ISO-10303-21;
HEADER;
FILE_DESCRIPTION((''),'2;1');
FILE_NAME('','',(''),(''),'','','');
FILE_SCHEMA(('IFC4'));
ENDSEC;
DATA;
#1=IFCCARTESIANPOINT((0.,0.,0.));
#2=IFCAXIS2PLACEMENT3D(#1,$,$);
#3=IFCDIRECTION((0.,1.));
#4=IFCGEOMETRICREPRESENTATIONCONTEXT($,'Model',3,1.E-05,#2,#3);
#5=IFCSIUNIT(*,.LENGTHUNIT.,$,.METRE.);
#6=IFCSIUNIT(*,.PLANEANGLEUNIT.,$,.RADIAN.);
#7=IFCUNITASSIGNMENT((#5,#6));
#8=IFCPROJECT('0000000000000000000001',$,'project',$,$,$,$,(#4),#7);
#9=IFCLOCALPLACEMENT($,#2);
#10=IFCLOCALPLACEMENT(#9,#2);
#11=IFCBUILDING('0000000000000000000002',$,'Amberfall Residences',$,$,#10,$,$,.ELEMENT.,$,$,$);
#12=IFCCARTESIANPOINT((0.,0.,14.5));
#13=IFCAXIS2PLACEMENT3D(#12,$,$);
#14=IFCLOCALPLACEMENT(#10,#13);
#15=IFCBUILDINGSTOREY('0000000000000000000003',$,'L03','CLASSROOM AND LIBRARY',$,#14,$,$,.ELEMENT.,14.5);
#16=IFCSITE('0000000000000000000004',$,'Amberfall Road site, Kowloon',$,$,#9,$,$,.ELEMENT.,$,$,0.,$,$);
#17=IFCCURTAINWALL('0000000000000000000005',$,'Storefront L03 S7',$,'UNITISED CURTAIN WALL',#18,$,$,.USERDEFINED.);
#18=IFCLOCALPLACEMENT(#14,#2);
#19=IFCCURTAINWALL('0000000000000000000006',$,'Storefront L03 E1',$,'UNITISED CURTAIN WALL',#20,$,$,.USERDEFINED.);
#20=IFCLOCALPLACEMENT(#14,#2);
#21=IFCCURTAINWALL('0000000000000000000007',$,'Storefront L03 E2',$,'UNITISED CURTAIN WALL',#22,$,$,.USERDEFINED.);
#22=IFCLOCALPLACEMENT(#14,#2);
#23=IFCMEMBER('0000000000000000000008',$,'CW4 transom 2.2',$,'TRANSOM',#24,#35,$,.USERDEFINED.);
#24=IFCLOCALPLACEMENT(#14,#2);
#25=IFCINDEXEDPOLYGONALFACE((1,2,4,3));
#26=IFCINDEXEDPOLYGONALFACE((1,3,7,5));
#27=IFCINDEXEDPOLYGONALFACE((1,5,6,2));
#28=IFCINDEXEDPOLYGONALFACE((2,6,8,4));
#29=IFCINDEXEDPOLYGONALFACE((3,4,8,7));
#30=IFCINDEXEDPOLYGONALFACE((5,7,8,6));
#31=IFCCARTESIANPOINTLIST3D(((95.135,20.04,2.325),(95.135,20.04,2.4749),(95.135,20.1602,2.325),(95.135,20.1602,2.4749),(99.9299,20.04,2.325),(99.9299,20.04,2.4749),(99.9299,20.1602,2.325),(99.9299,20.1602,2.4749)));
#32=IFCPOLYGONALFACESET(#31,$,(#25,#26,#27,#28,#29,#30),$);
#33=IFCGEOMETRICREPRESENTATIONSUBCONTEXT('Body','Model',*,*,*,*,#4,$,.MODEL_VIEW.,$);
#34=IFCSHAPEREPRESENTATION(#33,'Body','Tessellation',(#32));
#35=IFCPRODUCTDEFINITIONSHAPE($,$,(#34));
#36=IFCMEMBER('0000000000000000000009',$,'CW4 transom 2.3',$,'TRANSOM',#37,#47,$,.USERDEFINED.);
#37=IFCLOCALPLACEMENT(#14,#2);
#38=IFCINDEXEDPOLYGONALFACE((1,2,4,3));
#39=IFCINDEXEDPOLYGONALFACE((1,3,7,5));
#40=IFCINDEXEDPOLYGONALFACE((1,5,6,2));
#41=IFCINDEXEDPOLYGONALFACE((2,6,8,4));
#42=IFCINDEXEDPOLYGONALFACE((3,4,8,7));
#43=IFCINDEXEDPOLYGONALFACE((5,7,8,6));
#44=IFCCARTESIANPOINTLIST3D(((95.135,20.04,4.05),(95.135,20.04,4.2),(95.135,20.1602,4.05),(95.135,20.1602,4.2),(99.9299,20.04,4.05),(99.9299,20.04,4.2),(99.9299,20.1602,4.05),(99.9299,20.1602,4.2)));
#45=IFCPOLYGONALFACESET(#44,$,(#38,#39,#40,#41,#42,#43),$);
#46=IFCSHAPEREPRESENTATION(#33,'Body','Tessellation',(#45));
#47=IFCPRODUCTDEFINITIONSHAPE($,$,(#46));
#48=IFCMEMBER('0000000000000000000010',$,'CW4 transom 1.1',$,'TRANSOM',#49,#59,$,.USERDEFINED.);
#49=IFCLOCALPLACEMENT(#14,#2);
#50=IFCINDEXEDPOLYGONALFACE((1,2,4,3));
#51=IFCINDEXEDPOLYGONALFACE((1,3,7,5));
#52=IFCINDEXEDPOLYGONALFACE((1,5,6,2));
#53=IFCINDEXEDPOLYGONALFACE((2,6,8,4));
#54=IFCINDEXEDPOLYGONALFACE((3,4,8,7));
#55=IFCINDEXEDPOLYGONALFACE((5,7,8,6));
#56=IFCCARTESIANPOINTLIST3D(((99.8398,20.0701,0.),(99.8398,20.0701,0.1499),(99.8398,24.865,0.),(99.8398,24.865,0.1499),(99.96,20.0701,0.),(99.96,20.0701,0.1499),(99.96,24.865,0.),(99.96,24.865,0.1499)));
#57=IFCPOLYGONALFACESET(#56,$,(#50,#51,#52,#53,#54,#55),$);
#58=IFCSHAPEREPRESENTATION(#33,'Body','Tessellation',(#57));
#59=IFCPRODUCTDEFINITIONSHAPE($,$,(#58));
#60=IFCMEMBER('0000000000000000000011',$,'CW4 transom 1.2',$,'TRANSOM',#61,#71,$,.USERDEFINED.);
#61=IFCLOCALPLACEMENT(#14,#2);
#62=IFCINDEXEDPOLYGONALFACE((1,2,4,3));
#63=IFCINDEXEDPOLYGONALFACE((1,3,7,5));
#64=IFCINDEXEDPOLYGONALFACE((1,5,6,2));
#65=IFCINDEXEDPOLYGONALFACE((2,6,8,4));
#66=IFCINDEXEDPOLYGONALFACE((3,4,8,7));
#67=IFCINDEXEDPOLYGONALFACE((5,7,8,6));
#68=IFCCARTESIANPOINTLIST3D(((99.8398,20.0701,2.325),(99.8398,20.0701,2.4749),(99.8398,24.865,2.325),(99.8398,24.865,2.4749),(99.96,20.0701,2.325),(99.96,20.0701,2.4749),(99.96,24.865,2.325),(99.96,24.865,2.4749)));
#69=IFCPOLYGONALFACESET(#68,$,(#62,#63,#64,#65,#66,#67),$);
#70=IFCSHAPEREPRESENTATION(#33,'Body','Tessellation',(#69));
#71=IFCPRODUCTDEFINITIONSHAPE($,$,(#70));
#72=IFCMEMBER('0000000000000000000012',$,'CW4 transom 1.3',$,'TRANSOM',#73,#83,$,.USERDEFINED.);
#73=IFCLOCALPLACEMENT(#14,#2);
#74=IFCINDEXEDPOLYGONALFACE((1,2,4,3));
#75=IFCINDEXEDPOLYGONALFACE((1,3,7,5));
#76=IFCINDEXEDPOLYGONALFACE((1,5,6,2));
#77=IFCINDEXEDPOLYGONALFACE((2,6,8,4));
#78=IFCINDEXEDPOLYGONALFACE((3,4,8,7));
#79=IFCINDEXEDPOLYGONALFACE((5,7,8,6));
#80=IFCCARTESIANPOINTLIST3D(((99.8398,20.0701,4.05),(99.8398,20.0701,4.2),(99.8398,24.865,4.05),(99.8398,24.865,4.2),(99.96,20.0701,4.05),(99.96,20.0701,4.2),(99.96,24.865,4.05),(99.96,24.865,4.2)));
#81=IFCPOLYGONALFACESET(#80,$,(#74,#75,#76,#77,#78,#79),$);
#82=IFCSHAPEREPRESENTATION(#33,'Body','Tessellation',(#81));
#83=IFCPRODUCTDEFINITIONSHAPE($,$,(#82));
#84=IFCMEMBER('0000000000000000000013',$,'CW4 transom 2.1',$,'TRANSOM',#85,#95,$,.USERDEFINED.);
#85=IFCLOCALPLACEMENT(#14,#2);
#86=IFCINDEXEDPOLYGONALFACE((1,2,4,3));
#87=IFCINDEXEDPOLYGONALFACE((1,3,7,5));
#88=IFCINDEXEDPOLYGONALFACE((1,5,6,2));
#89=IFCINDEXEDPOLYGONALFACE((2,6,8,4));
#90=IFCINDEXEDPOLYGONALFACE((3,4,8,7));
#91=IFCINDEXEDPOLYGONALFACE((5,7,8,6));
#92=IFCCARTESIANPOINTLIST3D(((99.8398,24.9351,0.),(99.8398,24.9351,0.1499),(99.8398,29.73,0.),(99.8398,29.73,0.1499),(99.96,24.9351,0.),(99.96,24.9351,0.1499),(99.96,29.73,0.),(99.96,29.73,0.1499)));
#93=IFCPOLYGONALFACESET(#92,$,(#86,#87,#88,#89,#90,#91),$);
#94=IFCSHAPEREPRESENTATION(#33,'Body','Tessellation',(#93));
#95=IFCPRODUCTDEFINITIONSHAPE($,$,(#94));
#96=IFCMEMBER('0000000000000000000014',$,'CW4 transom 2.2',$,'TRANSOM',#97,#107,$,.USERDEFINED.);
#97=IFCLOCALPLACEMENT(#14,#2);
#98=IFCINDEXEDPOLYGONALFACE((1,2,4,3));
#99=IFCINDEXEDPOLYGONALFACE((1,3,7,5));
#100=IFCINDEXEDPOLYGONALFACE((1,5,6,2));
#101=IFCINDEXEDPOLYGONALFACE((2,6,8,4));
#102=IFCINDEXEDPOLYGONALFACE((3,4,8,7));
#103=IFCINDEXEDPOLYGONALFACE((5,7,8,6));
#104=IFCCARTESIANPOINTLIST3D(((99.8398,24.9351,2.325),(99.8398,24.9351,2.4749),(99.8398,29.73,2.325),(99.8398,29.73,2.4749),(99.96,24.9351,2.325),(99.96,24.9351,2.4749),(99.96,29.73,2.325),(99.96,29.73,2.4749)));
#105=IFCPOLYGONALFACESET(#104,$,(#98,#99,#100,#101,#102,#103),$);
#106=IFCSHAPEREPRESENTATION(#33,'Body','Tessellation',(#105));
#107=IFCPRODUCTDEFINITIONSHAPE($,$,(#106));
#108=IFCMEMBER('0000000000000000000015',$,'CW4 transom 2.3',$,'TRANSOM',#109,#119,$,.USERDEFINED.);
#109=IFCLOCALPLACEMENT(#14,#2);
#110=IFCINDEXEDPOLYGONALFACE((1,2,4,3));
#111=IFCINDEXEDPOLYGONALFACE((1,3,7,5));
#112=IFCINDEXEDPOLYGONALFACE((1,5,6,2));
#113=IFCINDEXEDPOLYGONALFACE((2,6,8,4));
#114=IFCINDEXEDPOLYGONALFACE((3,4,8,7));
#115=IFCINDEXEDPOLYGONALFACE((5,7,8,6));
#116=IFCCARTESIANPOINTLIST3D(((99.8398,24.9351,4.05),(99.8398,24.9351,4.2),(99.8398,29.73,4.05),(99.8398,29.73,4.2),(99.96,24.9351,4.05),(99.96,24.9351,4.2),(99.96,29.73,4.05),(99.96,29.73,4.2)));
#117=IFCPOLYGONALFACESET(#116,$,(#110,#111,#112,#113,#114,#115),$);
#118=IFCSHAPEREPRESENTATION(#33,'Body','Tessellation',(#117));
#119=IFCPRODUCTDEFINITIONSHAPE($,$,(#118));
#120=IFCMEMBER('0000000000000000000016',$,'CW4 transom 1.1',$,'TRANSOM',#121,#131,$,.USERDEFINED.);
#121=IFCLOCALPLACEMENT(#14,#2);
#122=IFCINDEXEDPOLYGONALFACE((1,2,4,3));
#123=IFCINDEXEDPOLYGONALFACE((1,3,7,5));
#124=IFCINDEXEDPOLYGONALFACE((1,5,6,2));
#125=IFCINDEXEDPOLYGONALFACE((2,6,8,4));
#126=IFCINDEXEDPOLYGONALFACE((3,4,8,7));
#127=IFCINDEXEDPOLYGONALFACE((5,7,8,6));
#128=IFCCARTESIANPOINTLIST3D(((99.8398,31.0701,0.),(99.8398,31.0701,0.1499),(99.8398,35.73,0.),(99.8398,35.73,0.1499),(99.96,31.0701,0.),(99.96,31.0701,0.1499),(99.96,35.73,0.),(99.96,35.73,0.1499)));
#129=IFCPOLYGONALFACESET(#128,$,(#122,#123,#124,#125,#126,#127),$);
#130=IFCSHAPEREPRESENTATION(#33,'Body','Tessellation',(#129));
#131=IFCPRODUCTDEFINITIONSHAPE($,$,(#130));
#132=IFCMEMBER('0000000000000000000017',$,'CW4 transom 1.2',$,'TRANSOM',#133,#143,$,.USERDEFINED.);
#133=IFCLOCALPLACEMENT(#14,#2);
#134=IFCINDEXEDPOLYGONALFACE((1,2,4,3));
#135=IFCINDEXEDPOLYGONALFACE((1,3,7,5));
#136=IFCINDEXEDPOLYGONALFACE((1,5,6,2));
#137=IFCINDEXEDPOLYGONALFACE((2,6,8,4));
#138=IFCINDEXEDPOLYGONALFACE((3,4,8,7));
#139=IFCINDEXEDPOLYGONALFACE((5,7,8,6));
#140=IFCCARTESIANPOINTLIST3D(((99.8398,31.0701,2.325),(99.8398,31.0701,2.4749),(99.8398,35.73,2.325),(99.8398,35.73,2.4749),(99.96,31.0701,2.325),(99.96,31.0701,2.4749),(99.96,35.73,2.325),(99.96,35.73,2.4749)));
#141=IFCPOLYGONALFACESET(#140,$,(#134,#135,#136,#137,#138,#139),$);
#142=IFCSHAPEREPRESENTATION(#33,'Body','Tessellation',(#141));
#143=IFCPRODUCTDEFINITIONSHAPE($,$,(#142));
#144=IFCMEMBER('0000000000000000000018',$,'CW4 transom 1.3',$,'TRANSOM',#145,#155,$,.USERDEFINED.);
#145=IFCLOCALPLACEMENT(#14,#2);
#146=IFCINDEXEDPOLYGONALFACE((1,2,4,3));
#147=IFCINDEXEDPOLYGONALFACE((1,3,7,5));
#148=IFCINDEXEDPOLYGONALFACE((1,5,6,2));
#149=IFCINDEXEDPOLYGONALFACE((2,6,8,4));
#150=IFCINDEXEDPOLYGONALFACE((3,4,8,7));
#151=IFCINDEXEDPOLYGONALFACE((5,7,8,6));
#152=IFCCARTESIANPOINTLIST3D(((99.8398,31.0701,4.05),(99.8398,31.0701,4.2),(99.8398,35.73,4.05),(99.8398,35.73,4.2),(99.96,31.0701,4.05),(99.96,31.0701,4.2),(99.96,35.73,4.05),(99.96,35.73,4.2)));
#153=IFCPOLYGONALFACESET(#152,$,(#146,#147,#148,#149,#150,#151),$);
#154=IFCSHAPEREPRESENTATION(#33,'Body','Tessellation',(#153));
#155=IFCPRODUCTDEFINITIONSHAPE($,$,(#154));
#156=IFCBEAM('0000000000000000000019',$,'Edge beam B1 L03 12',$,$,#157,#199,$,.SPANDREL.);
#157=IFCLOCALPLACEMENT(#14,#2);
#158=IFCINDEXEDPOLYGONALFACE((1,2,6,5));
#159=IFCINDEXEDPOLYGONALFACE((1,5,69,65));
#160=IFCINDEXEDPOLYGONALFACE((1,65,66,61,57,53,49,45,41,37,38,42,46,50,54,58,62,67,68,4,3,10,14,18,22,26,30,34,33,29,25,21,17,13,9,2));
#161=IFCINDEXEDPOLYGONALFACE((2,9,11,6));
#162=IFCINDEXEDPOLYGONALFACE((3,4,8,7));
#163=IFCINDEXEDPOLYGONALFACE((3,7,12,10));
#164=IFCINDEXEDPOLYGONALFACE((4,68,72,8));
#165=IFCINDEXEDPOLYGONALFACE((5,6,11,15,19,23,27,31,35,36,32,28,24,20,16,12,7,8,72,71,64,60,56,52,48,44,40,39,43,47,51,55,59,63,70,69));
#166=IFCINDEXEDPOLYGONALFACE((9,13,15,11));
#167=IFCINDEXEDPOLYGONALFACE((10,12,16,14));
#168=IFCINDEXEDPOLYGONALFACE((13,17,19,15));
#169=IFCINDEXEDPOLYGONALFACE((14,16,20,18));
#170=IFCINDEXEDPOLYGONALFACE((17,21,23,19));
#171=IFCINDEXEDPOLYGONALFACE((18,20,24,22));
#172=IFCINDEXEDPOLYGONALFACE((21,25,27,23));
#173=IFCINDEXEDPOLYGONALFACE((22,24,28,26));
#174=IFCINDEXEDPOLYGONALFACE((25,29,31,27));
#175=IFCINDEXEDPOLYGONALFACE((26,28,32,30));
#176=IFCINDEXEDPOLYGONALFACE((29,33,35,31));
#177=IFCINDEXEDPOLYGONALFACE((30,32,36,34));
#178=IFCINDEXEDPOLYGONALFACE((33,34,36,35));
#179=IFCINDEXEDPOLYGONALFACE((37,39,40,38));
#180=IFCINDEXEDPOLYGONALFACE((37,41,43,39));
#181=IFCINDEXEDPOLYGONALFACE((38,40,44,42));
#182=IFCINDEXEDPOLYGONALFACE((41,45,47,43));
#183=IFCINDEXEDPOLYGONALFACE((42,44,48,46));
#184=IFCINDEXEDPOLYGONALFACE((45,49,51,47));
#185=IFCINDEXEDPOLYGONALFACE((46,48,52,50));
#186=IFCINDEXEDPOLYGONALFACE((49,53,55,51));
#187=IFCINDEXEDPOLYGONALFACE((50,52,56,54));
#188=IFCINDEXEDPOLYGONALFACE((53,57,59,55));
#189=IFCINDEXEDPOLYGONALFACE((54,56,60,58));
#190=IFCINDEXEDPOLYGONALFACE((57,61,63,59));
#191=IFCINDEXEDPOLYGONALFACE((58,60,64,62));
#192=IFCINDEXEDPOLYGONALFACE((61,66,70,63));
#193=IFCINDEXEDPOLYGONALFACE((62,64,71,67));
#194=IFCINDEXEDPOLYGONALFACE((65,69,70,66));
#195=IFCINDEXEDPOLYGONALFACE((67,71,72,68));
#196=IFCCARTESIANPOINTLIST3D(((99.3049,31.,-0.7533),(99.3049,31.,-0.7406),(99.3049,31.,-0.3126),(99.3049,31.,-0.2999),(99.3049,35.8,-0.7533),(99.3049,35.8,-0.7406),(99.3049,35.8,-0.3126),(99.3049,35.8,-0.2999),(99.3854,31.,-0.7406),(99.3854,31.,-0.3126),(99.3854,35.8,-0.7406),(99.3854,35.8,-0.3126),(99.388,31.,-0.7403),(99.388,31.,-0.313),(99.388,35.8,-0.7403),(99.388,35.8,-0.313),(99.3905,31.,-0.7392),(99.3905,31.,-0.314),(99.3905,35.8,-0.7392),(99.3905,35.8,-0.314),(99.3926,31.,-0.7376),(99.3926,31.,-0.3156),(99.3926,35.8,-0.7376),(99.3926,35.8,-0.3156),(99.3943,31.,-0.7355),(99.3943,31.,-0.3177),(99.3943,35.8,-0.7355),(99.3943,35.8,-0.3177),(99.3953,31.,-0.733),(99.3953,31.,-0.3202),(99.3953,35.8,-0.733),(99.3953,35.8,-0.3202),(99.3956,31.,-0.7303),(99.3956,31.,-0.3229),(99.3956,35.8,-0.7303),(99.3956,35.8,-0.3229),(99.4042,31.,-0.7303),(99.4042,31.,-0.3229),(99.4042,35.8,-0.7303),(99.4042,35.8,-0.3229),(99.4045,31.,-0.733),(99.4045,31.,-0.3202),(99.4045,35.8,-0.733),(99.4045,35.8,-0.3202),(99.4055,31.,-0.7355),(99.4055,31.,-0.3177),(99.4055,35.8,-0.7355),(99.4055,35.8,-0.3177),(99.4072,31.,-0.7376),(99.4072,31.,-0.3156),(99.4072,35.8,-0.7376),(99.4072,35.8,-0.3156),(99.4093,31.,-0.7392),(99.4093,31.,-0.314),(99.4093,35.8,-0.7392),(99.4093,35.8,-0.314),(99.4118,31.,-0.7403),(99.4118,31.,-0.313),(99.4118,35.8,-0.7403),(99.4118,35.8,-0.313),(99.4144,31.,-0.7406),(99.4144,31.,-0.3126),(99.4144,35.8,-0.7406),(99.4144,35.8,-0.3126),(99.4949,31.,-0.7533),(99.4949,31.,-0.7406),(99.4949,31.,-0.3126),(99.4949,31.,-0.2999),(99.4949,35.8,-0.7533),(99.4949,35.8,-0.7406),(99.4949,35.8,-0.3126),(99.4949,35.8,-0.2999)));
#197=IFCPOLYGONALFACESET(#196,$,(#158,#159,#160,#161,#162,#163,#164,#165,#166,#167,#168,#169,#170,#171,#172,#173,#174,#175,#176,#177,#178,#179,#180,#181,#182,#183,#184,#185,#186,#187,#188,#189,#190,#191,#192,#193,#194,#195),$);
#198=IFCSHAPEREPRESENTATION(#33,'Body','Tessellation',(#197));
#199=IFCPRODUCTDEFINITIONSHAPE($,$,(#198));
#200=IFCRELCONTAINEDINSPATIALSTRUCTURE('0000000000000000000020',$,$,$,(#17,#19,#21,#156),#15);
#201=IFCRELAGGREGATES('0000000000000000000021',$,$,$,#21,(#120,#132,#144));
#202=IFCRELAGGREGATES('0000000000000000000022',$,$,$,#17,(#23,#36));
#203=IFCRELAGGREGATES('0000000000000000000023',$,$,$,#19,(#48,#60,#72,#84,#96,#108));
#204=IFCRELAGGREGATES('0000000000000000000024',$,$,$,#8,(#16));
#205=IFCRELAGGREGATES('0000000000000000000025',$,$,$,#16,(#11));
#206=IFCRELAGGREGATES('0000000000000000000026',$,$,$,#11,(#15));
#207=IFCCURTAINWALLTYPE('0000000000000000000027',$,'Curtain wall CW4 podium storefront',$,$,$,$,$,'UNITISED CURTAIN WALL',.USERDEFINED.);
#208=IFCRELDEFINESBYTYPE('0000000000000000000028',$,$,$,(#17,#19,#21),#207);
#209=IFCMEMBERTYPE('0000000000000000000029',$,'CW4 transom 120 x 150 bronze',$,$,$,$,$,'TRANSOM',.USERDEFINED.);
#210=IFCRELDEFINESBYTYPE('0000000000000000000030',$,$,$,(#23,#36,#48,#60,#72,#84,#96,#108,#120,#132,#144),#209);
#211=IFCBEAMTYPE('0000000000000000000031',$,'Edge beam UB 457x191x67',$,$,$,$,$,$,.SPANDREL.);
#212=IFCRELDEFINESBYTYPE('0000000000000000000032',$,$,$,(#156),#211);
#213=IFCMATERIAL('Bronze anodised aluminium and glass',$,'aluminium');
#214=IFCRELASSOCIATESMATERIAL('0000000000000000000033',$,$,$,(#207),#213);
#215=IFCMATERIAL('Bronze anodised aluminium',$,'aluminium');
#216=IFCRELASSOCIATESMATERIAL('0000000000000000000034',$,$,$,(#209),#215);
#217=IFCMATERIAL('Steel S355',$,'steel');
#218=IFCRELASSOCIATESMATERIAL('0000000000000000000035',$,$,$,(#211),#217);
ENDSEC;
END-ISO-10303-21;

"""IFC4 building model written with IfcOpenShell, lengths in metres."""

from ifc_helpers import new_model, si_unit, direction, frame, origin, origin_2d, place, context, subcontext, project, spatial, rectangle, i_section, extrude, material, material_profile, profile_set, type_object, element, aggregate, save


model = new_model("IFC4")

# Units and contexts
model_context = context("Model", 3, precision=1e-05, world=origin(), true_north=direction((0.0, 1.0)))
body_context = subcontext(model_context, "Body", "Model", "MODEL_VIEW")
ifc_project = project(units=[si_unit("LENGTHUNIT", "METRE"), si_unit("PLANEANGLEUNIT", "RADIAN")], contexts=[model_context])

# Site, building, storey
site_placement = place(None, origin())
site = spatial("IfcSite", under=ifc_project, at=site_placement, Name="Amberfall Road site, Kowloon", CompositionType="ELEMENT", RefElevation=0.0)
building_placement = place(site_placement, origin())
building = spatial("IfcBuilding", under=site, at=building_placement, Name="Amberfall Residences", CompositionType="ELEMENT")
storey_placement = place(building_placement, frame((0.0, 0.0, 14.5)))
storey = spatial("IfcBuildingStorey", under=building, at=storey_placement, Name="L03", Description="CLASSROOM AND LIBRARY", CompositionType="ELEMENT", Elevation=14.5)

# Curtain walls
ifc_material_1 = material(Name="Bronze anodised aluminium and glass", Category="aluminium")
curtain_wall_type = type_object("IfcCurtainWallType", Name="Curtain wall CW4 podium storefront", ElementType="UNITISED CURTAIN WALL", PredefinedType="USERDEFINED", material=ifc_material_1)
curtain_wall_1_placement = place(storey_placement, origin())
curtain_wall_1 = element("IfcCurtainWall", 1, at=curtain_wall_1_placement, inside=storey, type_object=curtain_wall_type, Name="Storefront L03 S7", ObjectType="UNITISED CURTAIN WALL", PredefinedType="USERDEFINED")
ifc_material_2 = material(Name="Bronze anodised aluminium", Category="aluminium")
curtain_wall_2_placement = place(storey_placement, origin())
curtain_wall_2 = element("IfcCurtainWall", 2, at=curtain_wall_2_placement, inside=storey, type_object=curtain_wall_type, Name="Storefront L03 E1", ObjectType="UNITISED CURTAIN WALL", PredefinedType="USERDEFINED")

# Curtain wall
curtain_wall_3_placement = place(storey_placement, origin())
curtain_wall_3 = element("IfcCurtainWall", 3, at=curtain_wall_3_placement, inside=storey, type_object=curtain_wall_type, Name="Storefront L03 E2", ObjectType="UNITISED CURTAIN WALL", PredefinedType="USERDEFINED")

# Members
ifc_material_profile_1 = material_profile(ifc_material_2, rectangle(XDim=0.1201, YDim=0.1499, at=origin_2d()), Name="CW4 transom 120 x 150 bronze")
ifc_profile_set_1 = profile_set([ifc_material_profile_1], Name="Bronze anodised aluminium")
member_type_1 = type_object("IfcMemberType", Name="CW4 transom 120 x 150 bronze", ElementType="TRANSOM", PredefinedType="USERDEFINED", material=ifc_profile_set_1)
member_1_placement = place(storey_placement, frame((95.135, 20.1001, 2.3999), z_axis=(1.0, 0.0, 0.0), x_axis=(0.0, 1.0, 0.0)))
member_1 = element("IfcMember", 4, at=member_1_placement, type_object=member_type_1, Name="CW4 transom 2.2", ObjectType="TRANSOM", PredefinedType="USERDEFINED", context=body_context, shape_type="SweptSolid", body=[
    extrude(rectangle(XDim=0.1201, YDim=0.1499, at=origin_2d()), origin(), (0.0, 0.0, 1.0), 4.7949),
])
member_2_placement = place(storey_placement, frame((95.135, 20.1001, 4.125), z_axis=(1.0, 0.0, 0.0), x_axis=(0.0, 1.0, 0.0)))
member_2 = element("IfcMember", 5, at=member_2_placement, type_object=member_type_1, Name="CW4 transom 2.3", ObjectType="TRANSOM", PredefinedType="USERDEFINED", context=body_context, shape_type="SweptSolid", body=[
    extrude(rectangle(XDim=0.1201, YDim=0.1499, at=origin_2d()), origin(), (0.0, 0.0, 1.0), 4.7949),
])
member_3_placement = place(storey_placement, frame((99.8999, 20.0701, 0.075), z_axis=(0.0, 1.0, 0.0), x_axis=(-1.0, 0.0, 0.0)))
member_3 = element("IfcMember", 6, at=member_3_placement, type_object=member_type_1, Name="CW4 transom 1.1", ObjectType="TRANSOM", PredefinedType="USERDEFINED", context=body_context, shape_type="SweptSolid", body=[
    extrude(rectangle(XDim=0.1201, YDim=0.1499, at=origin_2d()), origin(), (0.0, 0.0, 1.0), 4.7949),
])
member_4_placement = place(storey_placement, frame((99.8999, 20.0701, 2.3999), z_axis=(0.0, 1.0, 0.0), x_axis=(-1.0, 0.0, 0.0)))
member_4 = element("IfcMember", 7, at=member_4_placement, type_object=member_type_1, Name="CW4 transom 1.2", ObjectType="TRANSOM", PredefinedType="USERDEFINED", context=body_context, shape_type="SweptSolid", body=[
    extrude(rectangle(XDim=0.1201, YDim=0.1499, at=origin_2d()), origin(), (0.0, 0.0, 1.0), 4.7949),
])
member_5_placement = place(storey_placement, frame((99.8999, 20.0701, 4.125), z_axis=(0.0, 1.0, 0.0), x_axis=(-1.0, 0.0, 0.0)))
member_5 = element("IfcMember", 8, at=member_5_placement, type_object=member_type_1, Name="CW4 transom 1.3", ObjectType="TRANSOM", PredefinedType="USERDEFINED", context=body_context, shape_type="SweptSolid", body=[
    extrude(rectangle(XDim=0.1201, YDim=0.1499, at=origin_2d()), origin(), (0.0, 0.0, 1.0), 4.7949),
])
member_6_placement = place(storey_placement, frame((99.8999, 24.9351, 0.075), z_axis=(0.0, 1.0, 0.0), x_axis=(-1.0, 0.0, 0.0)))
member_6 = element("IfcMember", 9, at=member_6_placement, type_object=member_type_1, Name="CW4 transom 2.1", ObjectType="TRANSOM", PredefinedType="USERDEFINED", context=body_context, shape_type="SweptSolid", body=[
    extrude(rectangle(XDim=0.1201, YDim=0.1499, at=origin_2d()), origin(), (0.0, 0.0, 1.0), 4.7949),
])
member_7_placement = place(storey_placement, frame((99.8999, 24.9351, 2.3999), z_axis=(0.0, 1.0, 0.0), x_axis=(-1.0, 0.0, 0.0)))
member_7 = element("IfcMember", 10, at=member_7_placement, type_object=member_type_1, Name="CW4 transom 2.2", ObjectType="TRANSOM", PredefinedType="USERDEFINED", context=body_context, shape_type="SweptSolid", body=[
    extrude(rectangle(XDim=0.1201, YDim=0.1499, at=origin_2d()), origin(), (0.0, 0.0, 1.0), 4.7949),
])
member_8_placement = place(storey_placement, frame((99.8999, 24.9351, 4.125), z_axis=(0.0, 1.0, 0.0), x_axis=(-1.0, 0.0, 0.0)))
member_8 = element("IfcMember", 11, at=member_8_placement, type_object=member_type_1, Name="CW4 transom 2.3", ObjectType="TRANSOM", PredefinedType="USERDEFINED", context=body_context, shape_type="SweptSolid", body=[
    extrude(rectangle(XDim=0.1201, YDim=0.1499, at=origin_2d()), origin(), (0.0, 0.0, 1.0), 4.7949),
])
member_9_placement = place(storey_placement, frame((99.8999, 31.0701, 0.075), z_axis=(0.0, 1.0, 0.0), x_axis=(-1.0, 0.0, 0.0)))
member_9 = element("IfcMember", 12, at=member_9_placement, type_object=member_type_1, Name="CW4 transom 1.1", ObjectType="TRANSOM", PredefinedType="USERDEFINED", context=body_context, shape_type="SweptSolid", body=[
    extrude(rectangle(XDim=0.1201, YDim=0.1499, at=origin_2d()), origin(), (0.0, 0.0, 1.0), 4.6599),
])
member_10_placement = place(storey_placement, frame((99.8999, 31.0701, 2.3999), z_axis=(0.0, 1.0, 0.0), x_axis=(-1.0, 0.0, 0.0)))
member_10 = element("IfcMember", 13, at=member_10_placement, type_object=member_type_1, Name="CW4 transom 1.2", ObjectType="TRANSOM", PredefinedType="USERDEFINED", context=body_context, shape_type="SweptSolid", body=[
    extrude(rectangle(XDim=0.1201, YDim=0.1499, at=origin_2d()), origin(), (0.0, 0.0, 1.0), 4.6599),
])
member_11_placement = place(storey_placement, frame((99.8999, 31.0701, 4.125), z_axis=(0.0, 1.0, 0.0), x_axis=(-1.0, 0.0, 0.0)))
member_11 = element("IfcMember", 14, at=member_11_placement, type_object=member_type_1, Name="CW4 transom 1.3", ObjectType="TRANSOM", PredefinedType="USERDEFINED", context=body_context, shape_type="SweptSolid", body=[
    extrude(rectangle(XDim=0.1201, YDim=0.1499, at=origin_2d()), origin(), (0.0, 0.0, 1.0), 4.6599),
])
aggregate(curtain_wall_3, [member_9, member_10, member_11])

# Beam
ifc_material_3 = material(Name="Steel S355", Category="steel")
ifc_material_profile_2 = material_profile(ifc_material_3, i_section(OverallWidth=0.1899, OverallDepth=0.4534, WebThickness=0.0085, FlangeThickness=0.0127, FilletRadius=0.0103, at=origin_2d()), Name="UB 457x191x67")
ifc_profile_set_2 = profile_set([ifc_material_profile_2], Name="Steel S355")
beam_type_1 = type_object("IfcBeamType", Name="Edge beam UB 457x191x67", PredefinedType="SPANDREL", material=ifc_profile_set_2)
beam_1_placement = place(storey_placement, frame((99.3999, 31.0, -0.5266), z_axis=(0.0, 1.0, 0.0), x_axis=(-1.0, 0.0, 0.0)))
element("IfcBeam", 15, at=beam_1_placement, inside=storey, type_object=beam_type_1, Name="Edge beam B1 L03 12", PredefinedType="SPANDREL", context=body_context, shape_type="SweptSolid", body=[
    extrude(i_section(OverallWidth=0.1899, OverallDepth=0.4534, WebThickness=0.0085, FlangeThickness=0.0127, FilletRadius=0.0103, at=origin_2d()), origin(), (0.0, 0.0, 1.0), 4.8),
])

aggregate(curtain_wall_1, [member_1, member_2])
aggregate(curtain_wall_2, [member_3, member_4, member_5, member_6, member_7, member_8])

save(model, "model.ifc")
